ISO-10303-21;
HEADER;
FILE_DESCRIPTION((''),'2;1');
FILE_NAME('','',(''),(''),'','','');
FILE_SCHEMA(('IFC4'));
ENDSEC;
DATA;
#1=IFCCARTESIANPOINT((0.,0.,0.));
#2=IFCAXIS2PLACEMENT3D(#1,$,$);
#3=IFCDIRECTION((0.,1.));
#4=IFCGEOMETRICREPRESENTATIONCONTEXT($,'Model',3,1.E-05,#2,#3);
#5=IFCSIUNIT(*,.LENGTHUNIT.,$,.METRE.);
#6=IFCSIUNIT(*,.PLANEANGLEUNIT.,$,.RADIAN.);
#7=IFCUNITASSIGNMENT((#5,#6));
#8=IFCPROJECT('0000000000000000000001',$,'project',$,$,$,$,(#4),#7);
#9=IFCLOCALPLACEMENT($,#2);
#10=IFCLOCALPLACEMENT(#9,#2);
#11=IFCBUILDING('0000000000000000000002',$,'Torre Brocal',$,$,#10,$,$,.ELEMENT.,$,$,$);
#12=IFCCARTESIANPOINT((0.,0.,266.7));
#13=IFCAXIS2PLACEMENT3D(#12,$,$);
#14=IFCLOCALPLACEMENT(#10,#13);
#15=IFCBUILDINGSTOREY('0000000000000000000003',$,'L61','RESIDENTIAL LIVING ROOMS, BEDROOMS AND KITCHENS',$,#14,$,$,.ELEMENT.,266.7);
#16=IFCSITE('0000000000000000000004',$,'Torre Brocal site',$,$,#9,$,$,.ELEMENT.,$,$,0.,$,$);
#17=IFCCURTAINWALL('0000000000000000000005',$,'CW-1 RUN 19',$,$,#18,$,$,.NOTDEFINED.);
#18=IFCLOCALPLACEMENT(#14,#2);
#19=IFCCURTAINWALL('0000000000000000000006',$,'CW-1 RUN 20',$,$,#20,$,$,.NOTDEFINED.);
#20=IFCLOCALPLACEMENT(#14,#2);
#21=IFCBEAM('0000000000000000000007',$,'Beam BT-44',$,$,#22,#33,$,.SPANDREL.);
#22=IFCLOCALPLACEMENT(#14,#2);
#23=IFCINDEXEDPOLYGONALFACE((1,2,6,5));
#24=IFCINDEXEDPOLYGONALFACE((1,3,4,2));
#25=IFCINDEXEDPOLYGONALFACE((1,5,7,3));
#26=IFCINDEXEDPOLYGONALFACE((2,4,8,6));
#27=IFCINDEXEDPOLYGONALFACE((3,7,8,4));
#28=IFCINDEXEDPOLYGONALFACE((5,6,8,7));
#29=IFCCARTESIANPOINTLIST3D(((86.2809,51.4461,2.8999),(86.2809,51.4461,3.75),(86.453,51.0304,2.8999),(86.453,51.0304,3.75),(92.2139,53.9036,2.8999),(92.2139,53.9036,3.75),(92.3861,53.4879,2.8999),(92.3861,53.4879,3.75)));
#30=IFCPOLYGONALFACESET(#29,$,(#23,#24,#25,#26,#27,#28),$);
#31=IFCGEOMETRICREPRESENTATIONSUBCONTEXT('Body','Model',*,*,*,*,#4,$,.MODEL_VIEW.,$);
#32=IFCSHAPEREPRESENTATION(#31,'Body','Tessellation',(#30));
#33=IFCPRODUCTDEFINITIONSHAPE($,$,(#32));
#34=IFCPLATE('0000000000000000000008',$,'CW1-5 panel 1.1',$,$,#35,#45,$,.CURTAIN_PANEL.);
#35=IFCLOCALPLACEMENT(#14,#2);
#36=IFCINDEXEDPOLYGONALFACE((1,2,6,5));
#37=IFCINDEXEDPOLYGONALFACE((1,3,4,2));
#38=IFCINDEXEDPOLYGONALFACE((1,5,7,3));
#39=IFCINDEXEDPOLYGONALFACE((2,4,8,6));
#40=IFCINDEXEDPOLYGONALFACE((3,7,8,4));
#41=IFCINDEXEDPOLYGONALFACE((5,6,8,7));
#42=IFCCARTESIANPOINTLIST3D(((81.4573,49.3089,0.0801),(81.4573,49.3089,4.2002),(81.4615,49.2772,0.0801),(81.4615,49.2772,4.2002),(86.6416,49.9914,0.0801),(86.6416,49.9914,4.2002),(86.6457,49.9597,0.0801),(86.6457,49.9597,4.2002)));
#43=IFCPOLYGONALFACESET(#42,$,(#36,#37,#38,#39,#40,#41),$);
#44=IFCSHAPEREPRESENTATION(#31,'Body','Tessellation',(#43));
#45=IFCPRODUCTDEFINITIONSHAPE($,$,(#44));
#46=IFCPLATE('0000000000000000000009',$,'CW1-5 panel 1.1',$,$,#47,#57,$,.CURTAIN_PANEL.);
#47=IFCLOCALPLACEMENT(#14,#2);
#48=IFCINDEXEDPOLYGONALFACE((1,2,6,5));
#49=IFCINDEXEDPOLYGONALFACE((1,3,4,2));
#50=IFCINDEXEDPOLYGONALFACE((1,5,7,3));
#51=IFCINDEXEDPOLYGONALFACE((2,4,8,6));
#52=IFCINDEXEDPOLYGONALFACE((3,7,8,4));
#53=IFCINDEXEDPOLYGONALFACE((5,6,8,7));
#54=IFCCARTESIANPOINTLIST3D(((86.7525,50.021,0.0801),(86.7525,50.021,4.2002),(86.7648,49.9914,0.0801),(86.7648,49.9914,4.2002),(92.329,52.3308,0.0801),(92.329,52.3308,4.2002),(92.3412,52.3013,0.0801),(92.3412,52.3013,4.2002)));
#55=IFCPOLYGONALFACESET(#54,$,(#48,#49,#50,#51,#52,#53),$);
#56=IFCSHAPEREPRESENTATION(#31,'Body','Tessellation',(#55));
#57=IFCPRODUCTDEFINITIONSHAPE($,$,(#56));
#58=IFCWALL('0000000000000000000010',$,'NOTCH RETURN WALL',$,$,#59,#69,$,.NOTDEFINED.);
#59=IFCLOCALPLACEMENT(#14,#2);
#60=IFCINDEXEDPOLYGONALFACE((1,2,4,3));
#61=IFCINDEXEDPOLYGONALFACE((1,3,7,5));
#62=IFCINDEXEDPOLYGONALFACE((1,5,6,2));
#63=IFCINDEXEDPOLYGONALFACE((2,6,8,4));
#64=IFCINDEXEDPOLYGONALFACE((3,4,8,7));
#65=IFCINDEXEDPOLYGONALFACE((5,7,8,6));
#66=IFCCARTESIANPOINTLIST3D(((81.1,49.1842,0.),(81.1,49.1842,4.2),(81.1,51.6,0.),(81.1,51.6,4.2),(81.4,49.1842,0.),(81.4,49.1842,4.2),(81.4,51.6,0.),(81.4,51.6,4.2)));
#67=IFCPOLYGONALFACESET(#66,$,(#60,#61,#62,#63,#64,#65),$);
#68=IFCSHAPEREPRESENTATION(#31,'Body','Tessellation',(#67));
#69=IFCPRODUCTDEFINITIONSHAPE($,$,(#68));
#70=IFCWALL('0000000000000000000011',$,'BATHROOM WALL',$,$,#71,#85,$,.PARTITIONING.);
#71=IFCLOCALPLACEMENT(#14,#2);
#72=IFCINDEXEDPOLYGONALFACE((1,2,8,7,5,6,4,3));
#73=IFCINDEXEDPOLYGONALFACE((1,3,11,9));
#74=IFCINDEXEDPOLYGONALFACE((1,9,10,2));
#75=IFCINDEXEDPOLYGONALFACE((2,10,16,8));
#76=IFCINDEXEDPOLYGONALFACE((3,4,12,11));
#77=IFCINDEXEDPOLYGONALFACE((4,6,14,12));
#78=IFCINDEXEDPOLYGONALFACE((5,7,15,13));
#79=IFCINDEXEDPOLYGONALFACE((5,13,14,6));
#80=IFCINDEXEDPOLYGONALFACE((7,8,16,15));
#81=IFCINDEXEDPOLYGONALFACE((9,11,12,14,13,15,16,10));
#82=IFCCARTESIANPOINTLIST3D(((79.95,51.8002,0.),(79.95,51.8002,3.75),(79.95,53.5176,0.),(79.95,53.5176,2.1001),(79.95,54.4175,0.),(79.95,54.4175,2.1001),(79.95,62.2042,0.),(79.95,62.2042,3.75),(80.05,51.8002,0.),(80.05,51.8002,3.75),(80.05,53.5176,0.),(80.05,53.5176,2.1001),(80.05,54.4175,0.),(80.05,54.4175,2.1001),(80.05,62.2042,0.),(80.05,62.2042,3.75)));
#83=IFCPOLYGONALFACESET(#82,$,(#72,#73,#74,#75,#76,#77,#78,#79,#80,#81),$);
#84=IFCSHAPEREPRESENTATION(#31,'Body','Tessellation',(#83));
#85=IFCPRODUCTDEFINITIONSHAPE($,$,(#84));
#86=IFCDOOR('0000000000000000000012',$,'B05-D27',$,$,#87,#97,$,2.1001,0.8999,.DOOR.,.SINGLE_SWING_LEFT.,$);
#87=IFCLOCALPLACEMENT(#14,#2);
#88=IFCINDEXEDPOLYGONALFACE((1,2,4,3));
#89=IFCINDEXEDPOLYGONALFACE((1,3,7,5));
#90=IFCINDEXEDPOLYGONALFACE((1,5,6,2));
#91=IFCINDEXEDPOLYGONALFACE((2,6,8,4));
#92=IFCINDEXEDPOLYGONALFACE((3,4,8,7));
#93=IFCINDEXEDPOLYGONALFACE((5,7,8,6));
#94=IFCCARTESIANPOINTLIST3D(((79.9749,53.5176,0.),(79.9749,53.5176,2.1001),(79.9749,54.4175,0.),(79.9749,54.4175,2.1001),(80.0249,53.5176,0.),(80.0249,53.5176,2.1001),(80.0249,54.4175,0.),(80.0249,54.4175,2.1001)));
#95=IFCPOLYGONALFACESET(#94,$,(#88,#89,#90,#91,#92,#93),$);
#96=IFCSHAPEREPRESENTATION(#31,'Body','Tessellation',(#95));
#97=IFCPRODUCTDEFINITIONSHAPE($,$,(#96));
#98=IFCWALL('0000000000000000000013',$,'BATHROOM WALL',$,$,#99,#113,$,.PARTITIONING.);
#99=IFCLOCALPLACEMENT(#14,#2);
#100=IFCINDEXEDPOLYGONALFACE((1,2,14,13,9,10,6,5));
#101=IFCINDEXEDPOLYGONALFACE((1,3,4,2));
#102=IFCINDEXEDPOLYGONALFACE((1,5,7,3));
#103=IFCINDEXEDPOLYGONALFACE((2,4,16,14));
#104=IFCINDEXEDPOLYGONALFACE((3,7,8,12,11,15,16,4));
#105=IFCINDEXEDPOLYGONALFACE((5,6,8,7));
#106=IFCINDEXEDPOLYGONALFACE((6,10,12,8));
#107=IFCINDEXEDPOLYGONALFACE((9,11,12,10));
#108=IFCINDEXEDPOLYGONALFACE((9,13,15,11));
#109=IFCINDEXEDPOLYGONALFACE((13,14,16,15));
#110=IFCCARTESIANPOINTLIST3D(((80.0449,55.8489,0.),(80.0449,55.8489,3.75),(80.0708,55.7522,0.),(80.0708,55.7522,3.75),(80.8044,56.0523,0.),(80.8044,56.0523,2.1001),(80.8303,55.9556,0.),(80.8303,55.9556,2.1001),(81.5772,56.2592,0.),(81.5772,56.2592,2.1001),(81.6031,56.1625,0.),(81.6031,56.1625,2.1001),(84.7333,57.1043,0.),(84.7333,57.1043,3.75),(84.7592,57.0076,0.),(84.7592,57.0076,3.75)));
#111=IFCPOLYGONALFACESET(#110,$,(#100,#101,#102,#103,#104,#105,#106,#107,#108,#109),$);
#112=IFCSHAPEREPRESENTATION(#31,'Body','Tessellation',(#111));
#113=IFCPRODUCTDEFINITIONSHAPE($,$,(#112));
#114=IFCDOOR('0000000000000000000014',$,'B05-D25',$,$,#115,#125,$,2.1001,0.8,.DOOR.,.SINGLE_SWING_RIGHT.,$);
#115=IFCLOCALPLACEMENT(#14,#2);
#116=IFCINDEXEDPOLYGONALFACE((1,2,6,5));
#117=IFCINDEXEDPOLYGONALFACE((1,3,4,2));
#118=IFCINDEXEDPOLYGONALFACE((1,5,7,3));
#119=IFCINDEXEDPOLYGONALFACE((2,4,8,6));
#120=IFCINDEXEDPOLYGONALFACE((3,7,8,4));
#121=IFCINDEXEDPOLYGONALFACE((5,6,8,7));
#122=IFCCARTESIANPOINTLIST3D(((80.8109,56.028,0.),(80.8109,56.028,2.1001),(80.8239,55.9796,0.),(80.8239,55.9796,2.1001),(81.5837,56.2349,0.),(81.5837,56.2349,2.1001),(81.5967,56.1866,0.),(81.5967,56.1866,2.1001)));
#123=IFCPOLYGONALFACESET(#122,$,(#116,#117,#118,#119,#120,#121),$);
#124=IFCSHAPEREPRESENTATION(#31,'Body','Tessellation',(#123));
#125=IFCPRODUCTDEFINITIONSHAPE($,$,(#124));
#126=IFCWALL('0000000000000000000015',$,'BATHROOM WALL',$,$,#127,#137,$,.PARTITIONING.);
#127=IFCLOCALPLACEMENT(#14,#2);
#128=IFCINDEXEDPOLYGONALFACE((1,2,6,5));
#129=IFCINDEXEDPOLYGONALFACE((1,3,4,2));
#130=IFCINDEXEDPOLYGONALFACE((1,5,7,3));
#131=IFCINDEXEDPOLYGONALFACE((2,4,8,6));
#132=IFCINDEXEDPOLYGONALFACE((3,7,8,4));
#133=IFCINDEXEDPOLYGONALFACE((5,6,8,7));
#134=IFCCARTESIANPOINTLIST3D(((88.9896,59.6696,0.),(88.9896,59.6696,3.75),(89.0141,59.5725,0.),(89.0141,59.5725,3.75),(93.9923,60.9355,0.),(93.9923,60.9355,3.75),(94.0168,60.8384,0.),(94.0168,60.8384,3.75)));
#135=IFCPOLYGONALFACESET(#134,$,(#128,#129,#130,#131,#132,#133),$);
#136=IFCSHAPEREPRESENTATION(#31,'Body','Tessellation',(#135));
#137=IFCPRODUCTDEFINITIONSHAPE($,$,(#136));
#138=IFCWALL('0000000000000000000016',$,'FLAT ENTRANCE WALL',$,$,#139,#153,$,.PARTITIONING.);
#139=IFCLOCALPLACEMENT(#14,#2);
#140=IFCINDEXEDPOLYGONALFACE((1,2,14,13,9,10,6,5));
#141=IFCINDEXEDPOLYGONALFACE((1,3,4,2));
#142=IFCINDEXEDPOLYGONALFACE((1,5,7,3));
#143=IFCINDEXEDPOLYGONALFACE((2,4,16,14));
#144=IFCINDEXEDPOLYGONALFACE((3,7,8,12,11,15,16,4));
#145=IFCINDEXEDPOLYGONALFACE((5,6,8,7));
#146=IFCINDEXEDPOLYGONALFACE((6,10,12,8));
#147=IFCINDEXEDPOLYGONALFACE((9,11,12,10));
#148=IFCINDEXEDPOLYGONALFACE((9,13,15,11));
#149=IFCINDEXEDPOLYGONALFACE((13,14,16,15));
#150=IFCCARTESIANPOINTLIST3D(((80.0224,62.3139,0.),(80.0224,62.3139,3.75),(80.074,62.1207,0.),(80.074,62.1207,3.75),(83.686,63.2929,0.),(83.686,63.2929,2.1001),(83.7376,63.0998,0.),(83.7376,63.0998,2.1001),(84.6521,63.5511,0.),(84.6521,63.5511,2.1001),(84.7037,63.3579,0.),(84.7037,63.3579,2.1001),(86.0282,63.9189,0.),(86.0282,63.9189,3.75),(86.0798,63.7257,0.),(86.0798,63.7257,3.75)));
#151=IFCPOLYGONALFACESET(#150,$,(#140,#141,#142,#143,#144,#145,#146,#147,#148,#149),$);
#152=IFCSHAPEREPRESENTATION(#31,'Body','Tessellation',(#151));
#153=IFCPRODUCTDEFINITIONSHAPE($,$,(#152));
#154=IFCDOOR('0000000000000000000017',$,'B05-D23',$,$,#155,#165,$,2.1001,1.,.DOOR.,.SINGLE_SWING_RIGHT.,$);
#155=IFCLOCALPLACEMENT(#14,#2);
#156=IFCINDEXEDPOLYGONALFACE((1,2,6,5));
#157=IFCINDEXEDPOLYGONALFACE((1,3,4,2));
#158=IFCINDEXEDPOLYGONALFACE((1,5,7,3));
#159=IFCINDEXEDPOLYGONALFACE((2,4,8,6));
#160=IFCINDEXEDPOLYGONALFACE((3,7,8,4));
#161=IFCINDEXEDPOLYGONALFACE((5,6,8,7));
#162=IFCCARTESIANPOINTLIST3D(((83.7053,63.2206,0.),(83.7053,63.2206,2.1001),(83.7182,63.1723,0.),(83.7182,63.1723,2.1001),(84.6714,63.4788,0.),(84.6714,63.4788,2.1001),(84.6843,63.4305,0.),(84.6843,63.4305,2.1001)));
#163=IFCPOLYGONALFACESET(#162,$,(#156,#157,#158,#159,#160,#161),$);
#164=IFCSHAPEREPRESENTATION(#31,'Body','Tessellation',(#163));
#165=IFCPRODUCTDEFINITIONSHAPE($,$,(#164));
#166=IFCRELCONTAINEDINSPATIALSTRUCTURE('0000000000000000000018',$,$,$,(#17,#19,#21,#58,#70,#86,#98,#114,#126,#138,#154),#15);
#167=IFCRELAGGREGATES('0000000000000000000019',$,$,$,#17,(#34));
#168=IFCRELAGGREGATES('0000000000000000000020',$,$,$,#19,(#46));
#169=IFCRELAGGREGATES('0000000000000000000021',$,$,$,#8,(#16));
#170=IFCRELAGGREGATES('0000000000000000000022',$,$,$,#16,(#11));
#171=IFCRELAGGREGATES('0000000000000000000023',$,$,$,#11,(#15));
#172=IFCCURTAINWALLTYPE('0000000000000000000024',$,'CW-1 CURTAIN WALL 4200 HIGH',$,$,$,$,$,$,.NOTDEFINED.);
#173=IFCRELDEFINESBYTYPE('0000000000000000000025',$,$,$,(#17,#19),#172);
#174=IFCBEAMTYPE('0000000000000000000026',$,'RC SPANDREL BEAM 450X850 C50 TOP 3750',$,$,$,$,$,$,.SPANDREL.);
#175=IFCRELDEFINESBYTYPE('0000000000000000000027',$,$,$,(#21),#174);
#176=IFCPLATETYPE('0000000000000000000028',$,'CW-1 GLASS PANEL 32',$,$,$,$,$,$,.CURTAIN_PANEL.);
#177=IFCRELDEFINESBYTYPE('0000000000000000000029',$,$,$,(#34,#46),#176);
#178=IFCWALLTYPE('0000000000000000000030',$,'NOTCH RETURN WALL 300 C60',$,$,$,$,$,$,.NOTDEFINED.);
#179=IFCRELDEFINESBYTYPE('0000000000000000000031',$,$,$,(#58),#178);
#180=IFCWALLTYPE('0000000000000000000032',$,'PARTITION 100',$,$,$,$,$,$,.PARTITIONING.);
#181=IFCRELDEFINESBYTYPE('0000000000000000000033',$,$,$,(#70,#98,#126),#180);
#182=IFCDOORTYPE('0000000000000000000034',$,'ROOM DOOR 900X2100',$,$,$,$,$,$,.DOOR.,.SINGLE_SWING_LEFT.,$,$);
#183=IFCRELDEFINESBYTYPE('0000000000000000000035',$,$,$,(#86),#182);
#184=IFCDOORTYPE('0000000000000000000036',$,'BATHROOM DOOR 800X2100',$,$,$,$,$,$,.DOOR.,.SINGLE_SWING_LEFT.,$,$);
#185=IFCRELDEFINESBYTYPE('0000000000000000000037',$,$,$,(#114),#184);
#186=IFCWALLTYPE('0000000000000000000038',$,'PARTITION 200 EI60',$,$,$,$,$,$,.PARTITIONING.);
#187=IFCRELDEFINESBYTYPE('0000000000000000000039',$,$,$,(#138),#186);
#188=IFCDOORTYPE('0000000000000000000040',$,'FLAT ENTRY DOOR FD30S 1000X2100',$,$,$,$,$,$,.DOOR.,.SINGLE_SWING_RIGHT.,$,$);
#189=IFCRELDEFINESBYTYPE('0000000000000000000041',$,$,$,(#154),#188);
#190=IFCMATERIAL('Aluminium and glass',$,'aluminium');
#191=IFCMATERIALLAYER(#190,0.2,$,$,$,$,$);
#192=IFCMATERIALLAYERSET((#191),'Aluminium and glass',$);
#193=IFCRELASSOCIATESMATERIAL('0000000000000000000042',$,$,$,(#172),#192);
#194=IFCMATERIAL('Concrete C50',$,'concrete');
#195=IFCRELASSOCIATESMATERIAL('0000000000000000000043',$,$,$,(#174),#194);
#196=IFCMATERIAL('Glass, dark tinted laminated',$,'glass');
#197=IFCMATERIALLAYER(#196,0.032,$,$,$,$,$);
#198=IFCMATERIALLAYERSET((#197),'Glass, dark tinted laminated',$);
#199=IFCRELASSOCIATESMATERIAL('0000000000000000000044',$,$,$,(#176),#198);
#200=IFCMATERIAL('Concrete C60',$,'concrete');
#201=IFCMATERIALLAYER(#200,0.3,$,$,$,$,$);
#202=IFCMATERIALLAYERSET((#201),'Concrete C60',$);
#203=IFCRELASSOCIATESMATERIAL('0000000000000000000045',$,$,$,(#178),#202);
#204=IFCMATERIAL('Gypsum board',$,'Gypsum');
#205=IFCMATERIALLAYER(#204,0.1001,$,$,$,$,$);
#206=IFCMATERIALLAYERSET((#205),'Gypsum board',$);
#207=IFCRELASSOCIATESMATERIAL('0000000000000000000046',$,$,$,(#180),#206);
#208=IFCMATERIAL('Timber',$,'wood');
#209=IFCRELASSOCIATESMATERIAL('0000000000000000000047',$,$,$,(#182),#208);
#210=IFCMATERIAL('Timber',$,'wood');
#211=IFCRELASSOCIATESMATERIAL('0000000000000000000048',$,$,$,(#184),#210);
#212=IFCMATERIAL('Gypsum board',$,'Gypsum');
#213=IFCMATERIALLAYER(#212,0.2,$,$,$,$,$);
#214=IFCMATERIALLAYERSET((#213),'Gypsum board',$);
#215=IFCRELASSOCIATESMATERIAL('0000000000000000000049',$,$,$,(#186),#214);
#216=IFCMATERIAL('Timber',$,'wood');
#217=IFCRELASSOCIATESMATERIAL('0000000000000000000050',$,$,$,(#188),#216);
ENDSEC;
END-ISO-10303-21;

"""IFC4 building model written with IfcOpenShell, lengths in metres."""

from ifc_helpers import new_model, si_unit, direction, frame, frame_2d, origin, origin_2d, place, context, subcontext, project, spatial, rectangle, extrude, material, layer, layer_set, material_profile, profile_set, type_object, element, fill, aggregate, save


model = new_model("IFC4")

# Units and contexts
model_context = context("Model", 3, precision=1e-05, world=origin(), true_north=direction((0.0, 1.0)))
body_context = subcontext(model_context, "Body", "Model", "MODEL_VIEW")
ifc_project = project(units=[si_unit("LENGTHUNIT", "METRE"), si_unit("PLANEANGLEUNIT", "RADIAN")], contexts=[model_context])

# Site, building, storey
site_placement = place(None, origin())
site = spatial("IfcSite", under=ifc_project, at=site_placement, Name="Torre Brocal site", CompositionType="ELEMENT", RefElevation=0.0)
building_placement = place(site_placement, origin())
building = spatial("IfcBuilding", under=site, at=building_placement, Name="Torre Brocal", CompositionType="ELEMENT")
storey_placement = place(building_placement, frame((0.0, 0.0, 266.7)))
storey = spatial("IfcBuildingStorey", under=building, at=storey_placement, Name="L61", Description="RESIDENTIAL LIVING ROOMS, BEDROOMS AND KITCHENS", CompositionType="ELEMENT", Elevation=266.7)

# Curtain wall
ifc_material_1 = material(Name="Aluminium and glass", Category="aluminium")
ifc_layer_1 = layer(ifc_material_1, 0.2)
ifc_layer_set_1 = layer_set([ifc_layer_1], Name="Aluminium and glass")
curtain_wall_type = type_object("IfcCurtainWallType", Name="CW-1 CURTAIN WALL 4200 HIGH", PredefinedType="NOTDEFINED", material=ifc_layer_set_1)
curtain_wall_1_placement = place(storey_placement, origin())
curtain_wall_1 = element("IfcCurtainWall", 1, at=curtain_wall_1_placement, inside=storey, type_object=curtain_wall_type, Name="CW-1 RUN 19", PredefinedType="NOTDEFINED")

# Curtain wall
curtain_wall_2_placement = place(storey_placement, origin())
curtain_wall_2 = element("IfcCurtainWall", 2, at=curtain_wall_2_placement, inside=storey, type_object=curtain_wall_type, Name="CW-1 RUN 20", PredefinedType="NOTDEFINED")

# Beam
ifc_material_2 = material(Name="Concrete C50", Category="concrete")
ifc_material_profile_1 = material_profile(ifc_material_2, rectangle(XDim=0.45, YDim=0.8501, at=origin_2d()), Name="RC 450X850")
ifc_profile_set_1 = profile_set([ifc_material_profile_1], Name="Concrete C50")
beam_type_1 = type_object("IfcBeamType", Name="RC SPANDREL BEAM 450X850 C50 TOP 3750", PredefinedType="SPANDREL", material=ifc_profile_set_1)
beam_1_placement = place(storey_placement, frame((86.3669, 51.2383, 3.325), z_axis=(0.923882, 0.382676, 0.0), x_axis=(-0.382676, 0.923882, 0.0)))
element("IfcBeam", 3, at=beam_1_placement, inside=storey, type_object=beam_type_1, Name="Beam BT-44", PredefinedType="SPANDREL", context=body_context, shape_type="SweptSolid", body=[
    extrude(rectangle(XDim=0.45, YDim=0.8501, at=origin_2d()), origin(), (0.0, 0.0, 1.0), 6.4219),
])

# Plates
ifc_material_3 = material(Name="Glass, dark tinted laminated", Category="glass")
ifc_layer_2 = layer(ifc_material_3, 0.032)
ifc_layer_set_2 = layer_set([ifc_layer_2], Name="Glass, dark tinted laminated")
plate_type = type_object("IfcPlateType", Name="CW-1 GLASS PANEL 32", PredefinedType="CURTAIN_PANEL", material=ifc_layer_set_2)
plate_1_placement = place(storey_placement, frame((84.0515, 49.6343, 0.0801), z_axis=(0.0, 0.0, 1.0), x_axis=(0.991445, 0.130526, 0.0)))
plate_1 = element("IfcPlate", 4, at=plate_1_placement, type_object=plate_type, Name="CW1-5 panel 1.1", PredefinedType="CURTAIN_PANEL", context=body_context, shape_type="SweptSolid", body=[
    extrude(rectangle(XDim=5.229, YDim=0.032, at=origin_2d()), origin(), (0.0, 0.0, 1.0), 4.1201),
])
aggregate(curtain_wall_1, [plate_1])
plate_2_placement = place(storey_placement, frame((89.5469, 51.1611, 0.0801), z_axis=(0.0, 0.0, 1.0), x_axis=(0.92388, 0.382683, 0.0)))
plate_2 = element("IfcPlate", 5, at=plate_2_placement, type_object=plate_type, Name="CW1-5 panel 1.1", PredefinedType="CURTAIN_PANEL", context=body_context, shape_type="SweptSolid", body=[
    extrude(rectangle(XDim=6.0359, YDim=0.032, at=origin_2d()), origin(), (0.0, 0.0, 1.0), 4.1201),
])
aggregate(curtain_wall_2, [plate_2])

# Wall
ifc_material_4 = material(Name="Concrete C60", Category="concrete")
ifc_layer_3 = layer(ifc_material_4, 0.3)
ifc_layer_set_3 = layer_set([ifc_layer_3], Name="Concrete C60")
wall_type_1 = type_object("IfcWallType", Name="NOTCH RETURN WALL 300 C60", PredefinedType="NOTDEFINED", material=ifc_layer_set_3)
wall_1_placement = place(storey_placement, frame((81.25, 51.6001, 0.0), z_axis=(0.0, 0.0, 1.0), x_axis=(0.0, -1.0, 0.0)))
element("IfcWall", 6, at=wall_1_placement, inside=storey, type_object=wall_type_1, Name="NOTCH RETURN WALL", PredefinedType="NOTDEFINED", context=body_context, shape_type="SweptSolid", body=[
    extrude(rectangle(XDim=2.4158, YDim=0.3, at=frame_2d((1.208, 0.0))), origin(), (0.0, 0.0, 1.0), 4.2),
])

# Walls, openings, doors
ifc_material_5 = material(Name="Gypsum board", Category="Gypsum")
ifc_layer_4 = layer(ifc_material_5, 0.1001)
ifc_layer_set_4 = layer_set([ifc_layer_4], Name="Gypsum board")
wall_type_2 = type_object("IfcWallType", Name="PARTITION 100", PredefinedType="PARTITIONING", material=ifc_layer_set_4)
wall_2_placement = place(storey_placement, frame((80.0, 51.8, 0.0), z_axis=(0.0, 0.0, 1.0), x_axis=(0.0, 1.0, 0.0)))
wall_2 = element("IfcWall", 7, at=wall_2_placement, inside=storey, type_object=wall_type_2, Name="BATHROOM WALL", PredefinedType="PARTITIONING", context=body_context, shape_type="SweptSolid", body=[
    extrude(rectangle(XDim=10.4041, YDim=0.1001, at=frame_2d((5.2021, 0.0))), origin(), (0.0, 0.0, 1.0), 3.75),
])
opening_1_placement = place(wall_2_placement, frame((1.7175, 0.0, 0.0)))
opening_1 = element("IfcOpeningElement", 8, at=opening_1_placement, cuts=wall_2, PredefinedType="OPENING", context=body_context, shape_type="SweptSolid", body=[
    extrude(rectangle(XDim=0.8999, YDim=2.1001, at=frame_2d((0.45, 1.05))), frame((0.0, 0.0601, 0.0), z_axis=(0.0, -1.0, 0.0), x_axis=(1.0, 0.0, 0.0)), (0.0, 0.0, 1.0), 0.1201),
])
ifc_material_6 = material(Name="Timber", Category="wood")
door_type_1 = type_object("IfcDoorType", Name="ROOM DOOR 900X2100", OperationType="SINGLE_SWING_LEFT", PredefinedType="DOOR", material=ifc_material_6)
door_1_placement = place(opening_1_placement, frame((0.8999, 0.0, 0.0), z_axis=(0.0, 0.0, 1.0), x_axis=(-1.0, 0.0, 0.0)))
door_1 = element("IfcDoor", 9, at=door_1_placement, inside=storey, type_object=door_type_1, Name="B05-D27", OperationType="SINGLE_SWING_LEFT", OverallHeight=2.1001, OverallWidth=0.8999, PredefinedType="DOOR", context=body_context, shape_type="SweptSolid", body=[
    extrude(rectangle(XDim=0.8999, YDim=2.1001, at=frame_2d((0.45, 1.05))), frame((0.0, 0.0249, 0.0), z_axis=(0.0, -1.0, 0.0), x_axis=(1.0, 0.0, 0.0)), (0.0, 0.0, 1.0), 0.05),
])
fill(opening_1, door_1)
wall_3_placement = place(storey_placement, frame((80.0579, 55.8005, 0.0), z_axis=(0.0, 0.0, 1.0), x_axis=(0.965969, 0.258658, 0.0)))
wall_3 = element("IfcWall", 10, at=wall_3_placement, inside=storey, type_object=wall_type_2, Name="BATHROOM WALL", PredefinedType="PARTITIONING", context=body_context, shape_type="SweptSolid", body=[
    extrude(rectangle(XDim=4.8535, YDim=0.1001, at=frame_2d((2.4268, 0.0))), origin(), (0.0, 0.0, 1.0), 3.75),
])
opening_2_placement = place(wall_3_placement, frame((0.7864, 0.0, 0.0)))
opening_2 = element("IfcOpeningElement", 11, at=opening_2_placement, cuts=wall_3, PredefinedType="OPENING", context=body_context, shape_type="SweptSolid", body=[
    extrude(rectangle(XDim=0.8, YDim=2.1001, at=frame_2d((0.3999, 1.05))), frame((0.0, 0.0601, 0.0), z_axis=(0.0, -1.0, 0.0), x_axis=(1.0, 0.0, 0.0)), (0.0, 0.0, 1.0), 0.1201),
])
ifc_material_7 = material(Name="Timber", Category="wood")
door_type_2 = type_object("IfcDoorType", Name="BATHROOM DOOR 800X2100", OperationType="SINGLE_SWING_LEFT", PredefinedType="DOOR", material=ifc_material_7)
door_2_placement = place(opening_2_placement, origin())
door_2 = element("IfcDoor", 12, at=door_2_placement, inside=storey, type_object=door_type_2, Name="B05-D25", OperationType="SINGLE_SWING_RIGHT", OverallHeight=2.1001, OverallWidth=0.8, PredefinedType="DOOR", context=body_context, shape_type="SweptSolid", body=[
    extrude(rectangle(XDim=0.8, YDim=2.1001, at=frame_2d((0.3999, 1.05))), frame((0.0, 0.0249, 0.0), z_axis=(0.0, -1.0, 0.0), x_axis=(1.0, 0.0, 0.0)), (0.0, 0.0, 1.0), 0.05),
])
fill(opening_2, door_2)

# Wall
wall_4_placement = place(storey_placement, frame((89.002, 59.6211, 0.0), z_axis=(0.0, 0.0, 1.0), x_axis=(0.969446, 0.245306, 0.0)))
element("IfcWall", 13, at=wall_4_placement, inside=storey, type_object=wall_type_2, Name="BATHROOM WALL", PredefinedType="PARTITIONING", context=body_context, shape_type="SweptSolid", body=[
    extrude(rectangle(XDim=5.1604, YDim=0.1001, at=frame_2d((2.5801, 0.0))), origin(), (0.0, 0.0, 1.0), 3.75),
])

# Wall, opening, door
ifc_material_8 = material(Name="Gypsum board", Category="Gypsum")
ifc_layer_5 = layer(ifc_material_8, 0.2)
ifc_layer_set_5 = layer_set([ifc_layer_5], Name="Gypsum board")
wall_type_3 = type_object("IfcWallType", Name="PARTITION 200 EI60", PredefinedType="PARTITIONING", material=ifc_layer_set_5)
wall_5_placement = place(storey_placement, frame((80.0481, 62.2173, 0.0), z_axis=(0.0, 0.0, 1.0), x_axis=(0.966098, 0.258176, 0.0)))
wall_5 = element("IfcWall", 14, at=wall_5_placement, inside=storey, type_object=wall_type_3, Name="FLAT ENTRANCE WALL", PredefinedType="PARTITIONING", context=body_context, shape_type="SweptSolid", body=[
    extrude(rectangle(XDim=6.2166, YDim=0.2, at=frame_2d((3.1084, 0.0))), origin(), (0.0, 0.0, 1.0), 3.75),
])
opening_3_placement = place(wall_5_placement, frame((3.7922, 0.0, 0.0)))
opening_3 = element("IfcOpeningElement", 15, at=opening_3_placement, cuts=wall_5, PredefinedType="OPENING", context=body_context, shape_type="SweptSolid", body=[
    extrude(rectangle(XDim=1.0, YDim=2.1001, at=frame_2d((0.5, 1.05))), frame((0.0, 0.1099, 0.0), z_axis=(0.0, -1.0, 0.0), x_axis=(1.0, 0.0, 0.0)), (0.0, 0.0, 1.0), 0.22),
])
ifc_material_9 = material(Name="Timber", Category="wood")
door_type_3 = type_object("IfcDoorType", Name="FLAT ENTRY DOOR FD30S 1000X2100", OperationType="SINGLE_SWING_RIGHT", PredefinedType="DOOR", material=ifc_material_9)
door_3_placement = place(opening_3_placement, frame((1.0, 0.0, 0.0), z_axis=(0.0, 0.0, 1.0), x_axis=(-1.0, 0.0, 0.0)))
door_3 = element("IfcDoor", 16, at=door_3_placement, inside=storey, type_object=door_type_3, Name="B05-D23", OperationType="SINGLE_SWING_RIGHT", OverallHeight=2.1001, OverallWidth=1.0, PredefinedType="DOOR", context=body_context, shape_type="SweptSolid", body=[
    extrude(rectangle(XDim=1.0, YDim=2.1001, at=frame_2d((0.5, 1.05))), frame((0.0, 0.0249, 0.0), z_axis=(0.0, -1.0, 0.0), x_axis=(1.0, 0.0, 0.0)), (0.0, 0.0, 1.0), 0.05),
])
fill(opening_3, door_3)

save(model, "model.ifc")
